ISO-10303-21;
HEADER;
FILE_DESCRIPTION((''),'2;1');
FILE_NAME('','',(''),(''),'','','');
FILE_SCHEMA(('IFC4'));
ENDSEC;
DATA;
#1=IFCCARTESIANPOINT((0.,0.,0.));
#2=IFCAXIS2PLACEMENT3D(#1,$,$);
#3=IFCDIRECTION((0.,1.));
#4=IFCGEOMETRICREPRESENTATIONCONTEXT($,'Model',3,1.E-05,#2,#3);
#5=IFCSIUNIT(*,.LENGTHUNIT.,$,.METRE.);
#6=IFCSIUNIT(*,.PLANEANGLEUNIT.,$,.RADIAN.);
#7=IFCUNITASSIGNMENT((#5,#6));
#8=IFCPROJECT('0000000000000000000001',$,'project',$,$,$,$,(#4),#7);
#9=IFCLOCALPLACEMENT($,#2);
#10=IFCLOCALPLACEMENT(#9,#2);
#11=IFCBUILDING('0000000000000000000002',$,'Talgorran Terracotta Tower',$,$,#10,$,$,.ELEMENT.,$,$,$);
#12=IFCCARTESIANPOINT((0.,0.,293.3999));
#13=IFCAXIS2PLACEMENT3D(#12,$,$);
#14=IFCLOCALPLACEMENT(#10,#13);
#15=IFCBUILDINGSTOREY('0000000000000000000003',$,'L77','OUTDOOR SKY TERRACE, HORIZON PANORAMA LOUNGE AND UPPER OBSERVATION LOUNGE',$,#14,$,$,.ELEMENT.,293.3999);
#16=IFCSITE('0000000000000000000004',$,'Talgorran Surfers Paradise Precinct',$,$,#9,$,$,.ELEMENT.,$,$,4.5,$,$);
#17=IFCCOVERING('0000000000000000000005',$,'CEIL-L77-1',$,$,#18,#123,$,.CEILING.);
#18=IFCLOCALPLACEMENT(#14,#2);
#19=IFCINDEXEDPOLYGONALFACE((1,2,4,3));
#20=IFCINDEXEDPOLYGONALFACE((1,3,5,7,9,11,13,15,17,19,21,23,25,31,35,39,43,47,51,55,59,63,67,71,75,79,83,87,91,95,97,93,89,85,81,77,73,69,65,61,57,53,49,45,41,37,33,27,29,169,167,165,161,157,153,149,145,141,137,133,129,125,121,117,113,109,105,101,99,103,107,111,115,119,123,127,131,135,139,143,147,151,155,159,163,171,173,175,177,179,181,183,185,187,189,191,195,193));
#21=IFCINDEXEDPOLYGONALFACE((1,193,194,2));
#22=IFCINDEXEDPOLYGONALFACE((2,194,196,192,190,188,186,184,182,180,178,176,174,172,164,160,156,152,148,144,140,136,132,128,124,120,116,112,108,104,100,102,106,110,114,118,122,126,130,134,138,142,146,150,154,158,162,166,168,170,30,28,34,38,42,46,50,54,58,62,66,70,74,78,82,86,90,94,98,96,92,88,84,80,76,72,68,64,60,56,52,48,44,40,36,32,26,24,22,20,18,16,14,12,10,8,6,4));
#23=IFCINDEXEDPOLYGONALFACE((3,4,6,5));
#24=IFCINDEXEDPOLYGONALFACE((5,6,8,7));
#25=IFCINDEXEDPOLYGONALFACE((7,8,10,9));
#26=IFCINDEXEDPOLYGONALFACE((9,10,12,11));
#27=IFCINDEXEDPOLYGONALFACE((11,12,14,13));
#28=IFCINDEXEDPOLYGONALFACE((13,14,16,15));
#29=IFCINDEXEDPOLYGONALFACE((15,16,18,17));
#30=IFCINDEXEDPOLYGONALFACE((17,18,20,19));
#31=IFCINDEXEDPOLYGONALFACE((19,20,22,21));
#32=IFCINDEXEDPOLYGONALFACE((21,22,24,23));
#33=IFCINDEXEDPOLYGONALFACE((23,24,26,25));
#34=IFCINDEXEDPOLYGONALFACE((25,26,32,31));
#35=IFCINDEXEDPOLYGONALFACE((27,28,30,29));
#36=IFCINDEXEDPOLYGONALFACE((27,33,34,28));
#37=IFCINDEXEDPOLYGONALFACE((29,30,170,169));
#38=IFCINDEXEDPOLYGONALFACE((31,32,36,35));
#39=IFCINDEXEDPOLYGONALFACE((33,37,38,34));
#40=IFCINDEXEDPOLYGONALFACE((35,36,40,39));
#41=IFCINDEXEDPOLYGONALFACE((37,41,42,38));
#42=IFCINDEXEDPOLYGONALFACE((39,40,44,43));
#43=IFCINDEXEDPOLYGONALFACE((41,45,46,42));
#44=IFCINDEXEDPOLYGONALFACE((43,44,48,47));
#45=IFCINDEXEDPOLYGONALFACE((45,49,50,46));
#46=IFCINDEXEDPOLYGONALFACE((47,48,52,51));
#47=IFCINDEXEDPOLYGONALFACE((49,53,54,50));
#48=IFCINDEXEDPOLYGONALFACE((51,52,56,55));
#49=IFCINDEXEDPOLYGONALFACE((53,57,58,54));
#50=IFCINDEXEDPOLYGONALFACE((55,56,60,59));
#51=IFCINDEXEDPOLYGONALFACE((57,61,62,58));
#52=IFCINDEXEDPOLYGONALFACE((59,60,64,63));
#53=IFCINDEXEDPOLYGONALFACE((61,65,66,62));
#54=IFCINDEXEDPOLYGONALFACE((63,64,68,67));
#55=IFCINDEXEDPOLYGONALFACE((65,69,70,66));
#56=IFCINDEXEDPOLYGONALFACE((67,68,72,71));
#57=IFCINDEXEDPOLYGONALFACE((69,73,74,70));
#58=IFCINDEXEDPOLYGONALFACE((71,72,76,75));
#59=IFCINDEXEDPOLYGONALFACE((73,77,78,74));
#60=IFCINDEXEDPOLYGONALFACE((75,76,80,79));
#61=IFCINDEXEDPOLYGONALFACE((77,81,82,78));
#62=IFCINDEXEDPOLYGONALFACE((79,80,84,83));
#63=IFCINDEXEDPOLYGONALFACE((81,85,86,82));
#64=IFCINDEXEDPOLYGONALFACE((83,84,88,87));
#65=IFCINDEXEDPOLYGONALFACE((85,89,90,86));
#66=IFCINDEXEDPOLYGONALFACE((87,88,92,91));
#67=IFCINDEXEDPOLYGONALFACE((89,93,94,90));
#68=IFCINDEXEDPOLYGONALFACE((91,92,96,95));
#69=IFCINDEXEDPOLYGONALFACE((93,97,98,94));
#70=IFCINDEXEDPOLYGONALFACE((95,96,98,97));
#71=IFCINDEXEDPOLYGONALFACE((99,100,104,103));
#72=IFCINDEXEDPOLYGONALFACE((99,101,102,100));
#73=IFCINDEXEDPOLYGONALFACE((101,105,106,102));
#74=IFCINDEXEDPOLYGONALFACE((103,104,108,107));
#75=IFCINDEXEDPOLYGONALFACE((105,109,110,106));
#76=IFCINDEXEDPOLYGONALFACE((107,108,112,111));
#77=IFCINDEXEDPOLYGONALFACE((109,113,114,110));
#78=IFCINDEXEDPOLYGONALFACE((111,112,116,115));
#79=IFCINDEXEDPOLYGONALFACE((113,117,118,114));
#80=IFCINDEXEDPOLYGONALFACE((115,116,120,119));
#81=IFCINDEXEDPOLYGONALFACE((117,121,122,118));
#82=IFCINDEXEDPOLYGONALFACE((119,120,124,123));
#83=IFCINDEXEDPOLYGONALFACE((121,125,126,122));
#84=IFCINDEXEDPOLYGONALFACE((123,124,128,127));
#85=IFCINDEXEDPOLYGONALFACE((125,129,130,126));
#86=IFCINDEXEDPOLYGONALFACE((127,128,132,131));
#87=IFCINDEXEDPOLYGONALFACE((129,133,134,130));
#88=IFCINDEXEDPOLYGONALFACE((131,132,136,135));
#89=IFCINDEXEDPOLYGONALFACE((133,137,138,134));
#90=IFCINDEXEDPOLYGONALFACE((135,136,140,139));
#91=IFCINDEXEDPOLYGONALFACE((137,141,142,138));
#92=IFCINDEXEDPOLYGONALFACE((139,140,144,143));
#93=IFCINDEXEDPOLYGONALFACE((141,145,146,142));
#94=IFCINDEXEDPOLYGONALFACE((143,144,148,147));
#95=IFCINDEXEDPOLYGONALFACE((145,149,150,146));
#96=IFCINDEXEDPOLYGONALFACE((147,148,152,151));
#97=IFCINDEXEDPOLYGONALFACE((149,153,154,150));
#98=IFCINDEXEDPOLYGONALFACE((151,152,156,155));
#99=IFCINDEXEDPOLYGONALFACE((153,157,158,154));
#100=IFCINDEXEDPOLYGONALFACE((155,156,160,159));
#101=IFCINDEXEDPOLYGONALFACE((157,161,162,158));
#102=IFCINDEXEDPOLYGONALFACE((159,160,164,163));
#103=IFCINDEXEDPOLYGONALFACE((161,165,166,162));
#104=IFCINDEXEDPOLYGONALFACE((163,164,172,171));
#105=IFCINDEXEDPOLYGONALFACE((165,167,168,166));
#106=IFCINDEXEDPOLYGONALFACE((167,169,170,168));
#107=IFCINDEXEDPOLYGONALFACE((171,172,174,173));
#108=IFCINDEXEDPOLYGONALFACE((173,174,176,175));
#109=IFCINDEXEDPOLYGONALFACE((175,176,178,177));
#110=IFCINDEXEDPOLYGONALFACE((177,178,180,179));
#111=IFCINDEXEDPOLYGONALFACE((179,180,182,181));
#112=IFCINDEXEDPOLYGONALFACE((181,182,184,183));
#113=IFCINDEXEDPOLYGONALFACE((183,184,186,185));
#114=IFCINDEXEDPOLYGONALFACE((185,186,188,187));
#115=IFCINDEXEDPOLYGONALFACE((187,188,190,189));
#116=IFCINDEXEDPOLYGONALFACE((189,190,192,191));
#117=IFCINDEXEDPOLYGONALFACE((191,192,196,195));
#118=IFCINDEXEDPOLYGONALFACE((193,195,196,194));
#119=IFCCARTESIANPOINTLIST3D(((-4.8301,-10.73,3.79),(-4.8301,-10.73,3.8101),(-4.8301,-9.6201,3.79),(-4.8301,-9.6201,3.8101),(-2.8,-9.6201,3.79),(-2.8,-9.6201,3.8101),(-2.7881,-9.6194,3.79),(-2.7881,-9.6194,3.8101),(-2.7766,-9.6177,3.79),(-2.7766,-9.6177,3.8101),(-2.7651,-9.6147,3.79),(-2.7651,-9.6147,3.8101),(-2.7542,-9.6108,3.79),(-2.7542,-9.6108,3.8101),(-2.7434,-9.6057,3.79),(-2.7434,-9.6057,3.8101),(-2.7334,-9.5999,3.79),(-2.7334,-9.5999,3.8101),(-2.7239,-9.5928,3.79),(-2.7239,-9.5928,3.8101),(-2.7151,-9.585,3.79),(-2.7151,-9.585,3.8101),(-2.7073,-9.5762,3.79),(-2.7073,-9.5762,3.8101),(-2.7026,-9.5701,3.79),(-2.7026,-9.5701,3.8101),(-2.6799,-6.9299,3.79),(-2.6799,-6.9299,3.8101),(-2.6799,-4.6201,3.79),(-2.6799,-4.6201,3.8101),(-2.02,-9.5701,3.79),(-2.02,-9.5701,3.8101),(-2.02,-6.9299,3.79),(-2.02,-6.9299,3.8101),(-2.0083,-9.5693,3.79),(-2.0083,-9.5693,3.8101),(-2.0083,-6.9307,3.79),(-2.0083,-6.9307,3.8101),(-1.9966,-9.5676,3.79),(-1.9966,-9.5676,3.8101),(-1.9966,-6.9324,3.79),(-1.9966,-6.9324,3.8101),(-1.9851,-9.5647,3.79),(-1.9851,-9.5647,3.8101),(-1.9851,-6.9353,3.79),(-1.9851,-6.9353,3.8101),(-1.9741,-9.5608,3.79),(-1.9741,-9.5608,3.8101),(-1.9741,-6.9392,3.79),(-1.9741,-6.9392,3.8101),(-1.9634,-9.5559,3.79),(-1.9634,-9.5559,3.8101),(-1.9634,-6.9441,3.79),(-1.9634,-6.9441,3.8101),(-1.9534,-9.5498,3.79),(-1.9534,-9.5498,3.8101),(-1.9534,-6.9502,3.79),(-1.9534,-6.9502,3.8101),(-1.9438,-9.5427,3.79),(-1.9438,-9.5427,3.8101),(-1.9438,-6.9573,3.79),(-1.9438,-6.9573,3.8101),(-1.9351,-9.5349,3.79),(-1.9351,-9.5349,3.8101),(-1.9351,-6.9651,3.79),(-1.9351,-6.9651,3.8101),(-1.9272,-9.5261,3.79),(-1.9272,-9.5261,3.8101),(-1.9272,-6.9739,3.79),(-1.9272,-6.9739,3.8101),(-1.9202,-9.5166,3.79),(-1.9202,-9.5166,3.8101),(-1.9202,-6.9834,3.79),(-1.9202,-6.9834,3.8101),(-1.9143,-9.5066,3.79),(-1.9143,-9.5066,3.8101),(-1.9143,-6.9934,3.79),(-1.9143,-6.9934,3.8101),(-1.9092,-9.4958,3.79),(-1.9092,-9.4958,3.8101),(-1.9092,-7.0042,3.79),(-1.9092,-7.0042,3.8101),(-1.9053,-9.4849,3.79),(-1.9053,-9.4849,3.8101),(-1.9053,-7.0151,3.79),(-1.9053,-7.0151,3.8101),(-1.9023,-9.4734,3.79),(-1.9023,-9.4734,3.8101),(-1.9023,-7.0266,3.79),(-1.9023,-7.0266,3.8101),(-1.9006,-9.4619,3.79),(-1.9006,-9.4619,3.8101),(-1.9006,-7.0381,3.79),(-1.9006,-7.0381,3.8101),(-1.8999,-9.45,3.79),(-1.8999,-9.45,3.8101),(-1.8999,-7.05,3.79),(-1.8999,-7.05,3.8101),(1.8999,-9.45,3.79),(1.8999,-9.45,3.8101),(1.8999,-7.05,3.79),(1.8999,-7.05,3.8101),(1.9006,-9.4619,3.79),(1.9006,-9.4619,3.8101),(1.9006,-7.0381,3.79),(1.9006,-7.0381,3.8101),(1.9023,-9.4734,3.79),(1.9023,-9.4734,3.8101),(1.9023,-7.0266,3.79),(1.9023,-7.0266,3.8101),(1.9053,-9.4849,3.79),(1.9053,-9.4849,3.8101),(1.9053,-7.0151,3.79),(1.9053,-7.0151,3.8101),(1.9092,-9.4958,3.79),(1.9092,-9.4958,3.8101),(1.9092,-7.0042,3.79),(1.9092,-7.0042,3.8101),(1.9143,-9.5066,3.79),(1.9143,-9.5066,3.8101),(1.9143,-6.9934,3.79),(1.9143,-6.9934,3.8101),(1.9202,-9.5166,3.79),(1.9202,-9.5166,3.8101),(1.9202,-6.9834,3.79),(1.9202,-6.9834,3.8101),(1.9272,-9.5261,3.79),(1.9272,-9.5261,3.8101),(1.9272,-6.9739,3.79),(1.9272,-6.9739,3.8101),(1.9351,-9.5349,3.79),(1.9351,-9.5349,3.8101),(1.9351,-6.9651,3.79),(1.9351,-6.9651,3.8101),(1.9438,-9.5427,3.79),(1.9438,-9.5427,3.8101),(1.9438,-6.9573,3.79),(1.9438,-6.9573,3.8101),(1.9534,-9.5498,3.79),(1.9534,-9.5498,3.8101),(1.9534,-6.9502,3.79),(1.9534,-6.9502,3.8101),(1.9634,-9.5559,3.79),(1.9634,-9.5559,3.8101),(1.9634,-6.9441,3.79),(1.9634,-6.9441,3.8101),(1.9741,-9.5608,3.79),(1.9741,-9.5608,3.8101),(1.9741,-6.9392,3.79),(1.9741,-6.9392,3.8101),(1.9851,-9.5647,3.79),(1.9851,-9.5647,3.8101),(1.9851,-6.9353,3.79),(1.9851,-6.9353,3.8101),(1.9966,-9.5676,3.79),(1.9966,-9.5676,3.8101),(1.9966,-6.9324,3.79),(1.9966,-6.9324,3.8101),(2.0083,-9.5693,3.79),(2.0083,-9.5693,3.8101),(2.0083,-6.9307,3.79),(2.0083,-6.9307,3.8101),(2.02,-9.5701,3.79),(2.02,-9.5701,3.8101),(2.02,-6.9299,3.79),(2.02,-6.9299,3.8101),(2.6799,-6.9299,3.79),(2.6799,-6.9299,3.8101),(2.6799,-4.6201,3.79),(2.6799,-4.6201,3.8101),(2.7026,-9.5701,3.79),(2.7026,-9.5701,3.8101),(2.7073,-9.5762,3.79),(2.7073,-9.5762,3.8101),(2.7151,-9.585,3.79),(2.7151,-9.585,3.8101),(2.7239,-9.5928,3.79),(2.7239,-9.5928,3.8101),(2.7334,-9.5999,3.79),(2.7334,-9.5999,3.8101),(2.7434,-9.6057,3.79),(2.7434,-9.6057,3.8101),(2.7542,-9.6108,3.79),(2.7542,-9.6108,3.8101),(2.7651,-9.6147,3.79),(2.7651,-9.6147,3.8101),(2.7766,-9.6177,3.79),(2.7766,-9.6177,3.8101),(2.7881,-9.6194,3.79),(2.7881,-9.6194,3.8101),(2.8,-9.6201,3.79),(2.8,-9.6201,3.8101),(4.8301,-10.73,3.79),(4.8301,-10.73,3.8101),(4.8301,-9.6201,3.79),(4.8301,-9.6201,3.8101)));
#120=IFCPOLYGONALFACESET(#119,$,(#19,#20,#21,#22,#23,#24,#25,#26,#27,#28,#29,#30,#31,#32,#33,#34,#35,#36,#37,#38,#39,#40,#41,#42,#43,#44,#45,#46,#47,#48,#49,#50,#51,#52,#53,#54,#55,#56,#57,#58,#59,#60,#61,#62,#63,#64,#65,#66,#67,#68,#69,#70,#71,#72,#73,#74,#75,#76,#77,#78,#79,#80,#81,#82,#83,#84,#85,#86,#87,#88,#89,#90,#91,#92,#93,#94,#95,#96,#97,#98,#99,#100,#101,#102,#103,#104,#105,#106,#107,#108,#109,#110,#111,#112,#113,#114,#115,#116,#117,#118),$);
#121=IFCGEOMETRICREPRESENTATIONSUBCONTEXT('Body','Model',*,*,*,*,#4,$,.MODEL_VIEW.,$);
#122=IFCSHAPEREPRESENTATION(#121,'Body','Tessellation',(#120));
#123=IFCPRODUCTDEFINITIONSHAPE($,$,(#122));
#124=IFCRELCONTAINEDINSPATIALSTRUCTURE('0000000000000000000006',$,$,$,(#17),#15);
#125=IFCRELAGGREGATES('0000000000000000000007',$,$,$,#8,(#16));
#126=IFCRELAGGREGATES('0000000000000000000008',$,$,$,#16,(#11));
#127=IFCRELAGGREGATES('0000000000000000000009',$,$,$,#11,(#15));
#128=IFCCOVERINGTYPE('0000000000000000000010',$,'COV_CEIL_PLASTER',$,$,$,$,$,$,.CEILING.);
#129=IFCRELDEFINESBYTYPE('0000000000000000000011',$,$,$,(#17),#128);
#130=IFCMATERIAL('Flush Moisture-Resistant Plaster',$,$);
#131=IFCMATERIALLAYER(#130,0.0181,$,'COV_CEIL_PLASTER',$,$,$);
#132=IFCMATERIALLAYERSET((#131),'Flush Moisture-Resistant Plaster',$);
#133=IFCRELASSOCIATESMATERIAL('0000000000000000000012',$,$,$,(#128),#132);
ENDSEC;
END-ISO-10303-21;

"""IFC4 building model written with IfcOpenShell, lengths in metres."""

from ifc_helpers import new_model, si_unit, direction, frame, origin, place, context, subcontext, project, spatial, polyline, outline, extrude, material, layer, layer_set, type_object, element, save


model = new_model("IFC4")

# Units and contexts
model_context = context("Model", 3, precision=1e-05, world=origin(), true_north=direction((0.0, 1.0)))
body_context = subcontext(model_context, "Body", "Model", "MODEL_VIEW")
ifc_project = project(units=[si_unit("LENGTHUNIT", "METRE"), si_unit("PLANEANGLEUNIT", "RADIAN")], contexts=[model_context])

# Site, building, storey
site_placement = place(None, origin())
site = spatial("IfcSite", under=ifc_project, at=site_placement, Name="Talgorran Surfers Paradise Precinct", CompositionType="ELEMENT", RefElevation=4.5)
building_placement = place(site_placement, origin())
building = spatial("IfcBuilding", under=site, at=building_placement, Name="Talgorran Terracotta Tower", CompositionType="ELEMENT")
storey_placement = place(building_placement, frame((0.0, 0.0, 293.3999)))
storey = spatial("IfcBuildingStorey", under=building, at=storey_placement, Name="L77", Description="OUTDOOR SKY TERRACE, HORIZON PANORAMA LOUNGE AND UPPER OBSERVATION LOUNGE", CompositionType="ELEMENT", Elevation=293.3999)

# Covering
ifc_material_1 = material(Name="Flush Moisture-Resistant Plaster")
ifc_layer_1 = layer(ifc_material_1, 0.0181, Name="COV_CEIL_PLASTER")
ifc_layer_set_1 = layer_set([ifc_layer_1], Name="Flush Moisture-Resistant Plaster")
covering_type_1 = type_object("IfcCoveringType", Name="COV_CEIL_PLASTER", PredefinedType="CEILING", material=ifc_layer_set_1)
covering_1_placement = place(storey_placement, frame((0.0, 0.0, 3.79)))
element("IfcCovering", 1, at=covering_1_placement, inside=storey, type_object=covering_type_1, Name="CEIL-L77-1", PredefinedType="CEILING", context=body_context, shape_type="SweptSolid", body=[
    extrude(outline(polyline([(-2.7026, -9.5701), (-2.02, -9.5701), (-2.0083, -9.5693), (-1.9966, -9.5676), (-1.9851, -9.5647), (-1.9741, -9.5608), (-1.9634, -9.5559), (-1.9534, -9.5498), (-1.9438, -9.5427), (-1.9351, -9.5349), (-1.9272, -9.5261), (-1.9202, -9.5166), (-1.9143, -9.5066), (-1.9092, -9.4958), (-1.9053, -9.4849), (-1.9023, -9.4734), (-1.9006, -9.4619), (-1.8999, -9.45), (-1.8999, -7.05), (-1.9006, -7.0381), (-1.9023, -7.0266), (-1.9053, -7.0151), (-1.9092, -7.0042), (-1.9143, -6.9934), (-1.9202, -6.9834), (-1.9272, -6.9739), (-1.9351, -6.9651), (-1.9438, -6.9573), (-1.9534, -6.9502), (-1.9634, -6.9441), (-1.9741, -6.9392), (-1.9851, -6.9353), (-1.9966, -6.9324), (-2.0083, -6.9307), (-2.02, -6.9299), (-2.6799, -6.9299), (-2.6799, -4.6201), (2.6799, -4.6201), (2.6799, -6.9299), (2.02, -6.9299), (2.0083, -6.9307), (1.9966, -6.9324), (1.9851, -6.9353), (1.9741, -6.9392), (1.9634, -6.9441), (1.9534, -6.9502), (1.9438, -6.9573), (1.9351, -6.9651), (1.9272, -6.9739), (1.9202, -6.9834), (1.9143, -6.9934), (1.9092, -7.0042), (1.9053, -7.0151), (1.9023, -7.0266), (1.9006, -7.0381), (1.8999, -7.05), (1.8999, -9.45), (1.9006, -9.4619), (1.9023, -9.4734), (1.9053, -9.4849), (1.9092, -9.4958), (1.9143, -9.5066), (1.9202, -9.5166), (1.9272, -9.5261), (1.9351, -9.5349), (1.9438, -9.5427), (1.9534, -9.5498), (1.9634, -9.5559), (1.9741, -9.5608), (1.9851, -9.5647), (1.9966, -9.5676), (2.0083, -9.5693), (2.02, -9.5701), (2.7026, -9.5701), (2.7073, -9.5762), (2.7151, -9.585), (2.7239, -9.5928), (2.7334, -9.5999), (2.7434, -9.6057), (2.7542, -9.6108), (2.7651, -9.6147), (2.7766, -9.6177), (2.7881, -9.6194), (2.8, -9.6201), (4.8301, -9.6201), (4.8301, -10.73), (-4.8301, -10.73), (-4.8301, -9.6201), (-2.8, -9.6201), (-2.7881, -9.6194), (-2.7766, -9.6177), (-2.7651, -9.6147), (-2.7542, -9.6108), (-2.7434, -9.6057), (-2.7334, -9.5999), (-2.7239, -9.5928), (-2.7151, -9.585), (-2.7073, -9.5762), (-2.7026, -9.5701)])), origin(), (0.0, 0.0, 1.0), 0.02),
])

save(model, "model.ifc")
